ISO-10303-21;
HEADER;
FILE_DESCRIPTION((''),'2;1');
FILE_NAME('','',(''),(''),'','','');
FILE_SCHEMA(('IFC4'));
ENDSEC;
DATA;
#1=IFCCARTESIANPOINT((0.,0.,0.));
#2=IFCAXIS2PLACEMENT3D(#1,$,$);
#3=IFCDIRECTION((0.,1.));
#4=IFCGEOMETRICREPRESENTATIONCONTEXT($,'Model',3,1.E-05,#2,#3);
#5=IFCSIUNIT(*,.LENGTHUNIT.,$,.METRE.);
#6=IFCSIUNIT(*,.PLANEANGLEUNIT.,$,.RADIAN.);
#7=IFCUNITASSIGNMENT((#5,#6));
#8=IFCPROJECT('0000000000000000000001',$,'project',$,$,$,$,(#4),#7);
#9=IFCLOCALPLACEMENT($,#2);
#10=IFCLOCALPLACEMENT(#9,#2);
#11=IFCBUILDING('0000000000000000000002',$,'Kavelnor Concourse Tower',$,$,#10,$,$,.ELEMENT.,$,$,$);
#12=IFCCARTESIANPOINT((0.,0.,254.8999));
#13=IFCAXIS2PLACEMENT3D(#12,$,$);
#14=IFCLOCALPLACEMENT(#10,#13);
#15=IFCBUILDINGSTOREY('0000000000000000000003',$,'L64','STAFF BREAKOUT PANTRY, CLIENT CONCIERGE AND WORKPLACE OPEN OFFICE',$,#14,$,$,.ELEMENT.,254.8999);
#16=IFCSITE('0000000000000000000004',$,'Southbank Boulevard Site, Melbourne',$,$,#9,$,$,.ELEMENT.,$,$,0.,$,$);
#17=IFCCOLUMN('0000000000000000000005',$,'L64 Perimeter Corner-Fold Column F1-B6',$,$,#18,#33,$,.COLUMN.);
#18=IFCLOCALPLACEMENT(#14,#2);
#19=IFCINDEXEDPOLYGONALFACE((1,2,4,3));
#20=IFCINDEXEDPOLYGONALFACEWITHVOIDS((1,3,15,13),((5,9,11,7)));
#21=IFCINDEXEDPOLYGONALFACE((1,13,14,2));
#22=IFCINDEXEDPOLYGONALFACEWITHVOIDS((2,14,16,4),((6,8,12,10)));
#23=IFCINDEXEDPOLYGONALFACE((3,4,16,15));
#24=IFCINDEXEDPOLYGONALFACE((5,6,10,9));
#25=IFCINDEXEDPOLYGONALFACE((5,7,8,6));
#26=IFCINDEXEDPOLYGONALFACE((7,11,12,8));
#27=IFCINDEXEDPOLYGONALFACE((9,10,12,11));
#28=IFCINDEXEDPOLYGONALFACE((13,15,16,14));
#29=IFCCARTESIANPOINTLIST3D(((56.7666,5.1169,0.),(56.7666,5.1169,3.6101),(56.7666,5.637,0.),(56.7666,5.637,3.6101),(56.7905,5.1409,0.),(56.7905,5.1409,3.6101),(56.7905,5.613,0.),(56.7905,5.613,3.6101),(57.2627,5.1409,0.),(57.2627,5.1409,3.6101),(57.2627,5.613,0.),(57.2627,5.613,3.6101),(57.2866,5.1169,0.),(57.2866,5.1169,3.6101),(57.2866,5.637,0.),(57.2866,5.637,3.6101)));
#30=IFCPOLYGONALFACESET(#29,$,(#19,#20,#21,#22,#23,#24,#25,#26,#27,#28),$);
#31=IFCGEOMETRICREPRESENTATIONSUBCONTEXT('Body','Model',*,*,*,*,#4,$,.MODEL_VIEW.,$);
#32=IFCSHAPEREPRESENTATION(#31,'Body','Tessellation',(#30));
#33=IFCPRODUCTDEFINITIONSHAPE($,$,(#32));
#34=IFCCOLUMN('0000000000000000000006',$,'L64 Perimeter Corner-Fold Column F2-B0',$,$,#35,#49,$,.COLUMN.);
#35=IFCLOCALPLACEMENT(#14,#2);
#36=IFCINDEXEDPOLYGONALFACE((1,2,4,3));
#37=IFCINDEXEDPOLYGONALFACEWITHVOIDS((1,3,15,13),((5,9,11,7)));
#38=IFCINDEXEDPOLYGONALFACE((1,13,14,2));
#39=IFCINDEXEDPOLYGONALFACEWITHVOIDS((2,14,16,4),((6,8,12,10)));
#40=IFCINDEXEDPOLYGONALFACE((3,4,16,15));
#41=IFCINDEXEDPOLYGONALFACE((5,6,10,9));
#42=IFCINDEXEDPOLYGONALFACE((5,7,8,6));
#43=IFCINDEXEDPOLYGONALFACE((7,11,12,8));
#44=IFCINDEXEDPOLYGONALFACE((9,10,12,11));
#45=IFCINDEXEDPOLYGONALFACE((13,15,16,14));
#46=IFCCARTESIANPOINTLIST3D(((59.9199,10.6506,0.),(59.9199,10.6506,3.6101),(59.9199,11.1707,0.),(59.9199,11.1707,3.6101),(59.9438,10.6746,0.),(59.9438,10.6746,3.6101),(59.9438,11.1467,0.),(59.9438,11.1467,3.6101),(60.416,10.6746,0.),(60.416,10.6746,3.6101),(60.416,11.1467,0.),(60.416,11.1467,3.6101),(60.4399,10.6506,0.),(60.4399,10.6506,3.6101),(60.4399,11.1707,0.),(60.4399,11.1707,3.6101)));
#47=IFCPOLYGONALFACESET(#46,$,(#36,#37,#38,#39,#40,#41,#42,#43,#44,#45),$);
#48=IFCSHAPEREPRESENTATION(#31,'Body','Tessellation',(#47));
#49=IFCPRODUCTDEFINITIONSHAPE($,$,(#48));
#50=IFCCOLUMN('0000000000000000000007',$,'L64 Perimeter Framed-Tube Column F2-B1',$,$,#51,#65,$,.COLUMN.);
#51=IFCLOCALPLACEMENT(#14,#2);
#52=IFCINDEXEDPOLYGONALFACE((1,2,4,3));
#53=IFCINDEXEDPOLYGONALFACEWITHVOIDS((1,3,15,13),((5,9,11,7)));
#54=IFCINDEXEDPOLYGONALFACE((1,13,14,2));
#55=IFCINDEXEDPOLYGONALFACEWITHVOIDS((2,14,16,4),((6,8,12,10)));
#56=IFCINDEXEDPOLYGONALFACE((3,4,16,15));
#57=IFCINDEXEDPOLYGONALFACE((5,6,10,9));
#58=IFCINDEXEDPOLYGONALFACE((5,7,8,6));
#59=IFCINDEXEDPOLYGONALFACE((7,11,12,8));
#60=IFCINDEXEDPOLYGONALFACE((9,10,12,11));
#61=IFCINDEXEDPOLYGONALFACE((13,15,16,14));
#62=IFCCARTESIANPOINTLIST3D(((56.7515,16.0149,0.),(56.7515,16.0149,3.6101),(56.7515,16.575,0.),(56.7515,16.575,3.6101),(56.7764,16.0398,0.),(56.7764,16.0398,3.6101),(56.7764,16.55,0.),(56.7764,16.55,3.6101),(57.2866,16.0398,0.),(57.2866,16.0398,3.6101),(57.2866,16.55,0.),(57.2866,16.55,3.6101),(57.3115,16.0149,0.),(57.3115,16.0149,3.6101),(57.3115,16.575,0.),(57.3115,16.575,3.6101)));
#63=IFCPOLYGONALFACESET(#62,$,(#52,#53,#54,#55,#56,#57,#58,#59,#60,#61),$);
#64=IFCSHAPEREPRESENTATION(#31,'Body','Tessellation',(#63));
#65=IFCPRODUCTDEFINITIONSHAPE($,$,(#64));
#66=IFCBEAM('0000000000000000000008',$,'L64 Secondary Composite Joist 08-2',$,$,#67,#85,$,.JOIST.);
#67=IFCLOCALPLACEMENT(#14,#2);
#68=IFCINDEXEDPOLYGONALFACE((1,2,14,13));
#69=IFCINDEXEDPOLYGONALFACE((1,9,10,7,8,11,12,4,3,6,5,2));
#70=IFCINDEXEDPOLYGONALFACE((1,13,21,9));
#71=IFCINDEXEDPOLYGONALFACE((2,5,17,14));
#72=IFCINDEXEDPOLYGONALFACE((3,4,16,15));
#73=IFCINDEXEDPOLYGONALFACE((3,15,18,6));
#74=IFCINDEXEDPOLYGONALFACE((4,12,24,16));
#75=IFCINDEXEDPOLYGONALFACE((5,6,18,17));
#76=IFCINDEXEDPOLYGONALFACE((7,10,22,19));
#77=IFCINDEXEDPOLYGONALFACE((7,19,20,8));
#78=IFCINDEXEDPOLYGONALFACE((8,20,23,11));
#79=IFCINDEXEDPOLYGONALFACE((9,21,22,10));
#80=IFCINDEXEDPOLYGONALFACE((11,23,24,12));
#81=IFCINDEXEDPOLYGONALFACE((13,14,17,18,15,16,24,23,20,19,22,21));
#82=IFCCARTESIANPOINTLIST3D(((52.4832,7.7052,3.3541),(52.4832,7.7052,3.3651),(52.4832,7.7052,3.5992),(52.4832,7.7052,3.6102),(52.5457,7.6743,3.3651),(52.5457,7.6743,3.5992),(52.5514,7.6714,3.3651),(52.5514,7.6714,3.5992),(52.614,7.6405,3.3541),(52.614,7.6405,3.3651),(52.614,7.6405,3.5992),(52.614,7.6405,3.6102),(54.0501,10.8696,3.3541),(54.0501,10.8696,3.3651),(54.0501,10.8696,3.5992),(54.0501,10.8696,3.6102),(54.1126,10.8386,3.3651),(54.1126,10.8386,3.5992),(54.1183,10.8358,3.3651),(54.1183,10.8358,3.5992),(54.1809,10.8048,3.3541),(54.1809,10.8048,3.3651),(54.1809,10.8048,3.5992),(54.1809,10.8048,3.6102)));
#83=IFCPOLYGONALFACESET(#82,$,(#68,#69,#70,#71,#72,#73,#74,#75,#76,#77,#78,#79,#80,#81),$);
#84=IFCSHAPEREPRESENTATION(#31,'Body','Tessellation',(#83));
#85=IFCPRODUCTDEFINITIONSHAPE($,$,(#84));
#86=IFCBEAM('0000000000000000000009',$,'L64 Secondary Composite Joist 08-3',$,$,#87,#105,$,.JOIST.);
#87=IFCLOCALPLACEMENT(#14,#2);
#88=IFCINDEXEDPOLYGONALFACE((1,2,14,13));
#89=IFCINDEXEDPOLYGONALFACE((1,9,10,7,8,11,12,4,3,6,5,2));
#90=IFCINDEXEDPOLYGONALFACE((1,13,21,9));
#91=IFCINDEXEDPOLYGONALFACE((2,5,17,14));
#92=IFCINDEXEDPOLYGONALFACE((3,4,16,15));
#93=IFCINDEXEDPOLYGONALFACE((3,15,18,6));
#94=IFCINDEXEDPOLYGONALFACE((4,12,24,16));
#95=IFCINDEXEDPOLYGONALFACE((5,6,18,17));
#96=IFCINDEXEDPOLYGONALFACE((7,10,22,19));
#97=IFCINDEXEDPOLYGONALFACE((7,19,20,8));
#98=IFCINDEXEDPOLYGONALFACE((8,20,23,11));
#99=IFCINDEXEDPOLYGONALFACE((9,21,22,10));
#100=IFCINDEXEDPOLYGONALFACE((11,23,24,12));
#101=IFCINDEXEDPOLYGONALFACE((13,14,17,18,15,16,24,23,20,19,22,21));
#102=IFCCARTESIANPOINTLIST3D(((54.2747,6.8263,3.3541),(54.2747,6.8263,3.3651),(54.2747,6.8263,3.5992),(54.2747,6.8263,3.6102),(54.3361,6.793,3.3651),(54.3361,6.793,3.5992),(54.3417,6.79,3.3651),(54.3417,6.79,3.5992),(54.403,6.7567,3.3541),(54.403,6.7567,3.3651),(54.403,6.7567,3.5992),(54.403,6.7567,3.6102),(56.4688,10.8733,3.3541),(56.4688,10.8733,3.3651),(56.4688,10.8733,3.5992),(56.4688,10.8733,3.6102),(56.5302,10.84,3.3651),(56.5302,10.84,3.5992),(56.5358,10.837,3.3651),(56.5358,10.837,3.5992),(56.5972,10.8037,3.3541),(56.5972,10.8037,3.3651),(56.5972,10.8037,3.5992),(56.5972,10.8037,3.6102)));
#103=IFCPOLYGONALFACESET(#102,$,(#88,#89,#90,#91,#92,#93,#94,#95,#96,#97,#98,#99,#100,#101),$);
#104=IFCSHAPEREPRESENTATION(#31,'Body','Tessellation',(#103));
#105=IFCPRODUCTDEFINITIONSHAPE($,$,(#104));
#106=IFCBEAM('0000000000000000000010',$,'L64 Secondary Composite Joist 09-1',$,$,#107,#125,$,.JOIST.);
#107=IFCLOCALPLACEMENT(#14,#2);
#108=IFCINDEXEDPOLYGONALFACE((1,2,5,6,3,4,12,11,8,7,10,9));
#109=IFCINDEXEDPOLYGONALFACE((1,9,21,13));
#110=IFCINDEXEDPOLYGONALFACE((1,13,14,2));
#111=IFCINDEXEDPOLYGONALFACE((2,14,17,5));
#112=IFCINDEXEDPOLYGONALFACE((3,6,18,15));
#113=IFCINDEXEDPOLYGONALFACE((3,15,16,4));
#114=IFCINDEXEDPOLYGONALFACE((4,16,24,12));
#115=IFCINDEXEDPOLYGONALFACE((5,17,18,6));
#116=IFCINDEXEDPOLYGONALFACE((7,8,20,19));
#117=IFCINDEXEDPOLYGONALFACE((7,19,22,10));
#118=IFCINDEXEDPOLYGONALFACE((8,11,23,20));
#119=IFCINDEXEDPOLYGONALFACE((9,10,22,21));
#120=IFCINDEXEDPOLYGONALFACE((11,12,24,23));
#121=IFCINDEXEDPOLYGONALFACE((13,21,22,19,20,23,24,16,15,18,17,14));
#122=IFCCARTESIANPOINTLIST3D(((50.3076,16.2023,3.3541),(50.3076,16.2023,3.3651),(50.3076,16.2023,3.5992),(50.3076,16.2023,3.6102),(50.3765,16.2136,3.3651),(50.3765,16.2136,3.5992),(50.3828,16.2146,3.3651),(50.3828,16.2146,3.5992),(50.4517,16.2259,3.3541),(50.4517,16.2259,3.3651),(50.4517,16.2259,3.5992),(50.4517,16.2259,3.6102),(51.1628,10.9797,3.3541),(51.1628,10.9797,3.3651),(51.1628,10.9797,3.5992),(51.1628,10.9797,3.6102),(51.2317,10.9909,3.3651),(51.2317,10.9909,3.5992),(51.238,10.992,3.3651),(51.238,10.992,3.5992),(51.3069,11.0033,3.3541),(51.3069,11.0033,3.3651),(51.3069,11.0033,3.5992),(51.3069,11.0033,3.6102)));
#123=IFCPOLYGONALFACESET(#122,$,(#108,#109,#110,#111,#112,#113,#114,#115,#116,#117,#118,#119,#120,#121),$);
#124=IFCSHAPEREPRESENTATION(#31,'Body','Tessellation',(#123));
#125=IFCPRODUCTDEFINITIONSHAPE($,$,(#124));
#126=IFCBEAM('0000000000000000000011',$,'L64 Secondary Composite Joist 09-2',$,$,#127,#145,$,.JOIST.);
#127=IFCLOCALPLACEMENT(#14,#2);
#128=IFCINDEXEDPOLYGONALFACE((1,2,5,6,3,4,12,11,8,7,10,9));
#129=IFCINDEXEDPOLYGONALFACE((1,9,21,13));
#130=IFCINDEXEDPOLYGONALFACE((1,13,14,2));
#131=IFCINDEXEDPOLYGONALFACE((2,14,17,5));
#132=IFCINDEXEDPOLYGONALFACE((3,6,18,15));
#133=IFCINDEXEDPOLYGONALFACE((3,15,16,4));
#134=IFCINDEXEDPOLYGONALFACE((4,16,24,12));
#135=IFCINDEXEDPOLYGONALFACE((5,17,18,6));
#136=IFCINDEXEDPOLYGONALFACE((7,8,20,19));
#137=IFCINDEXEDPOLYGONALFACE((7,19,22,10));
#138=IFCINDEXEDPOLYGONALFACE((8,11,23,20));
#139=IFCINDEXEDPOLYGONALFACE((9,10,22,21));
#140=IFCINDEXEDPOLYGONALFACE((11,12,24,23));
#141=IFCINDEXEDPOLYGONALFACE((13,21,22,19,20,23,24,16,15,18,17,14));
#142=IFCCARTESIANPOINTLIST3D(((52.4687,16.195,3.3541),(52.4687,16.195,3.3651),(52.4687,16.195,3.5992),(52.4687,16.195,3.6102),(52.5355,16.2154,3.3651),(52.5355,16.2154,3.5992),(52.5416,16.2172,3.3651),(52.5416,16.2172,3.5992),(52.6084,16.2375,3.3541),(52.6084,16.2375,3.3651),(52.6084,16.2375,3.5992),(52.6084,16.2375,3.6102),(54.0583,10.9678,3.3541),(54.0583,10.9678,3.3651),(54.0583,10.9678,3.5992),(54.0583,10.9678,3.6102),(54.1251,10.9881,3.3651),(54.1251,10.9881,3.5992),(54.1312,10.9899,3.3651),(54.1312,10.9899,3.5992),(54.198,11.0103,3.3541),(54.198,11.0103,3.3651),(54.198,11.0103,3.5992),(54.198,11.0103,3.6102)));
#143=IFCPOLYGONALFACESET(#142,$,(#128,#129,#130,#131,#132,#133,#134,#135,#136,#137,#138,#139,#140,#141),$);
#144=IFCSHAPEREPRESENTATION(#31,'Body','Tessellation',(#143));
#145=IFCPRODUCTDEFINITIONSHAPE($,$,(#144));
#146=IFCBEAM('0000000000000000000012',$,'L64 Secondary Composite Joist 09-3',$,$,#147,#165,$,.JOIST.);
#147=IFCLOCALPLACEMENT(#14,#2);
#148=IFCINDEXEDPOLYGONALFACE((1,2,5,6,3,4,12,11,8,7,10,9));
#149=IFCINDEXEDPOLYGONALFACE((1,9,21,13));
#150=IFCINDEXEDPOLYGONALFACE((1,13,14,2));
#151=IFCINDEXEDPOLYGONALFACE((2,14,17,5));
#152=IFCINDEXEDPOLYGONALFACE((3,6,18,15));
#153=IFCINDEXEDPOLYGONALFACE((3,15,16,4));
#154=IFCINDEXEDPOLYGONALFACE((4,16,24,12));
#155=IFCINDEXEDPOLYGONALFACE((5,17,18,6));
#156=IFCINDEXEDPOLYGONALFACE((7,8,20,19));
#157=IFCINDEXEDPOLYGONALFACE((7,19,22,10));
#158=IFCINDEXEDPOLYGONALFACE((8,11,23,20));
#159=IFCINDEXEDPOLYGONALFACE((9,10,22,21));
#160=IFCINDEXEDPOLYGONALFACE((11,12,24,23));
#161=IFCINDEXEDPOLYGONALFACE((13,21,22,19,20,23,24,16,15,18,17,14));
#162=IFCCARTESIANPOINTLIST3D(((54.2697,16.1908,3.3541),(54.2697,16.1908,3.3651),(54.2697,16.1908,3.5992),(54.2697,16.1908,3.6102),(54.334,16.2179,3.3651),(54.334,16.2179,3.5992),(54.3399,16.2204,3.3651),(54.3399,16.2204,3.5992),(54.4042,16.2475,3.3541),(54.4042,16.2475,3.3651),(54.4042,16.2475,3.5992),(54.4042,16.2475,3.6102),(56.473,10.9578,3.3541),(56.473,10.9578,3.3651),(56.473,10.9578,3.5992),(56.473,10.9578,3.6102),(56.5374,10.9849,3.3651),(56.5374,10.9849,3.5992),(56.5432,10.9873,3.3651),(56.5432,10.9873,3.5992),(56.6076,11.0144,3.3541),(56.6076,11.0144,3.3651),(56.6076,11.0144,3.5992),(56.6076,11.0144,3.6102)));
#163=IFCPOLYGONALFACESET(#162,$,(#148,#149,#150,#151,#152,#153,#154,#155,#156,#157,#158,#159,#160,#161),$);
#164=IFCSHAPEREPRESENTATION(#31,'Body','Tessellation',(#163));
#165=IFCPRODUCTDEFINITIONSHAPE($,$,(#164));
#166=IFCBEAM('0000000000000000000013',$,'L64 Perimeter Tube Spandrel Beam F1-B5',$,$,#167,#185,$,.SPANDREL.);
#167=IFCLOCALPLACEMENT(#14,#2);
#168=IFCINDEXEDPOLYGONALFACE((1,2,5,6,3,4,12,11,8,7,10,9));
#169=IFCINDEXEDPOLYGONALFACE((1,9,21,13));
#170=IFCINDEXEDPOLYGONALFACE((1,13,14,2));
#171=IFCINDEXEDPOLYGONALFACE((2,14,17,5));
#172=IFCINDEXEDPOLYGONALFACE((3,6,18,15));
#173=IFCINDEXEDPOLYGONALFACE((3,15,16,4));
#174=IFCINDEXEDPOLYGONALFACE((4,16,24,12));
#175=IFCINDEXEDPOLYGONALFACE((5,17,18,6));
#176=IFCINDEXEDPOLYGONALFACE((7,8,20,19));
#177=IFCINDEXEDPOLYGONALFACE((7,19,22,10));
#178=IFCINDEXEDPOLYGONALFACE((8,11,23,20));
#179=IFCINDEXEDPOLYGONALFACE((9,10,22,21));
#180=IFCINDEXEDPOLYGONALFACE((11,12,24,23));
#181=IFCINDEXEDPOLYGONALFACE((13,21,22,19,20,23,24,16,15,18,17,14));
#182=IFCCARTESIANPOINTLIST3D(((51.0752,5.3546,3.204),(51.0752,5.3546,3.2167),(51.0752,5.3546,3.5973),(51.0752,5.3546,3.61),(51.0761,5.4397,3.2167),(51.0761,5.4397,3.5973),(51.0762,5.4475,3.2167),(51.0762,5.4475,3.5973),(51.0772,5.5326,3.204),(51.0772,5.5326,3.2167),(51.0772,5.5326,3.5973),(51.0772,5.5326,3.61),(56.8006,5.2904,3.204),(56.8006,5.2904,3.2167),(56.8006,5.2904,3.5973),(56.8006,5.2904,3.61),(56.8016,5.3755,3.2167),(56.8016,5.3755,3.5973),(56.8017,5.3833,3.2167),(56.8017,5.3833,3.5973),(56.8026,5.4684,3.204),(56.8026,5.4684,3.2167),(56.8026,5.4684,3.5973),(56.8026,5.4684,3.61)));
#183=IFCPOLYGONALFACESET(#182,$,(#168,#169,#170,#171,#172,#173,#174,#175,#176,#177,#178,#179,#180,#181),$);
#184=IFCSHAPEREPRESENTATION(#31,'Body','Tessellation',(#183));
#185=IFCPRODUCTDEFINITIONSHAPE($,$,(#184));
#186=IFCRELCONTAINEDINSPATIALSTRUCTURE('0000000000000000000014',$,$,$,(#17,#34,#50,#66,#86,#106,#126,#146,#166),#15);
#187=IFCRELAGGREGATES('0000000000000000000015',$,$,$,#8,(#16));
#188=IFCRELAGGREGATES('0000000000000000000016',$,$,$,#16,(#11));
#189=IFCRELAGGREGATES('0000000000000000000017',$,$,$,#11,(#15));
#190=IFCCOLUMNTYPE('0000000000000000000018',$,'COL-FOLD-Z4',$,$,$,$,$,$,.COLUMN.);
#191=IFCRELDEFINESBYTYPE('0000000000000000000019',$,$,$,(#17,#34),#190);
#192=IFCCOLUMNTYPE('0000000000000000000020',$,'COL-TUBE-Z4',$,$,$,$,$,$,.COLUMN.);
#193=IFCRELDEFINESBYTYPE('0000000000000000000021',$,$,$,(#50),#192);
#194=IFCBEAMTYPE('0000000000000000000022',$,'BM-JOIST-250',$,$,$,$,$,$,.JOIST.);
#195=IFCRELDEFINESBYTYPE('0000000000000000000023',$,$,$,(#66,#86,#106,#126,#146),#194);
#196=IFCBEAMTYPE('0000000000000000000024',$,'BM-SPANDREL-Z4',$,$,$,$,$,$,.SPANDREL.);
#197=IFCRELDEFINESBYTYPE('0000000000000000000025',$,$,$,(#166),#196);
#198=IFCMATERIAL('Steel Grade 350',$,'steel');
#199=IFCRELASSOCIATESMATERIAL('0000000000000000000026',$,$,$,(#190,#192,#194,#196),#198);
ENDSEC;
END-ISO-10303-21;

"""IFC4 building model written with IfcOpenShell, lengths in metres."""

from ifc_helpers import new_model, si_unit, direction, frame, origin, origin_2d, place, context, subcontext, project, spatial, hollow_rectangle, i_section, extrude, material, material_profile, profile_set, type_object, element, save


model = new_model("IFC4")

# Units and contexts
model_context = context("Model", 3, precision=1e-05, world=origin(), true_north=direction((0.0, 1.0)))
body_context = subcontext(model_context, "Body", "Model", "MODEL_VIEW")
ifc_project = project(units=[si_unit("LENGTHUNIT", "METRE"), si_unit("PLANEANGLEUNIT", "RADIAN")], contexts=[model_context])

# Site, building, storey
site_placement = place(None, origin())
site = spatial("IfcSite", under=ifc_project, at=site_placement, Name="Southbank Boulevard Site, Melbourne", CompositionType="ELEMENT", RefElevation=0.0)
building_placement = place(site_placement, origin())
building = spatial("IfcBuilding", under=site, at=building_placement, Name="Kavelnor Concourse Tower", CompositionType="ELEMENT")
storey_placement = place(building_placement, frame((0.0, 0.0, 254.8999)))
storey = spatial("IfcBuildingStorey", under=building, at=storey_placement, Name="L64", Description="STAFF BREAKOUT PANTRY, CLIENT CONCIERGE AND WORKPLACE OPEN OFFICE", CompositionType="ELEMENT", Elevation=254.8999)

# Columns
ifc_material_1 = material(Name="Steel Grade 350", Category="steel")
ifc_material_profile_1 = material_profile(ifc_material_1, hollow_rectangle(XDim=0.52, YDim=0.52, WallThickness=0.0239, at=origin_2d()), Name="SHS 520x520x24")
ifc_profile_set_1 = profile_set([ifc_material_profile_1], Name="Steel Grade 350")
column_type_1 = type_object("IfcColumnType", Name="COL-FOLD-Z4", PredefinedType="COLUMN", material=ifc_profile_set_1)
for number, where, z_axis, x_axis, name in (
    (1, (57.0266, 5.377, 0.0), (0.0, 0.0, 1.0), (1.0, 0.0, 0.0), "L64 Perimeter Corner-Fold Column F1-B6"),
    (2, (60.1799, 10.9106, 0.0), (0.0, 0.0, 1.0), (1.0, 0.0, 0.0), "L64 Perimeter Corner-Fold Column F2-B0"),
):
    element("IfcColumn", number, at=place(storey_placement, frame(where, z_axis=z_axis, x_axis=x_axis)), inside=storey, type_object=column_type_1, Name=name, PredefinedType="COLUMN", context=body_context, shape_type="SweptSolid", body=[
        extrude(hollow_rectangle(XDim=0.52, YDim=0.52, WallThickness=0.0239, at=origin_2d()), origin(), (0.0, 0.0, 1.0), 3.6101),
    ])
ifc_material_profile_2 = material_profile(ifc_material_1, hollow_rectangle(XDim=0.5601, YDim=0.5601, WallThickness=0.0249, at=origin_2d()), Name="SHS 560x560x25")
ifc_profile_set_2 = profile_set([ifc_material_profile_2], Name="Steel Grade 350")
column_type_2 = type_object("IfcColumnType", Name="COL-TUBE-Z4", PredefinedType="COLUMN", material=ifc_profile_set_2)
column_placement = place(storey_placement, frame((57.0315, 16.2949, 0.0), z_axis=(0.0, 0.0, 1.0), x_axis=(1.0, 0.0, 0.0)))
element("IfcColumn", 3, at=column_placement, inside=storey, type_object=column_type_2, Name="L64 Perimeter Framed-Tube Column F2-B1", PredefinedType="COLUMN", context=body_context, shape_type="SweptSolid", body=[
    extrude(hollow_rectangle(XDim=0.5601, YDim=0.5601, WallThickness=0.0249, at=origin_2d()), origin(), (0.0, 0.0, 1.0), 3.6101),
])

# Beams
ifc_material_profile_3 = material_profile(ifc_material_1, i_section(OverallWidth=0.146, OverallDepth=0.2561, WebThickness=0.0063, FlangeThickness=0.011, at=origin_2d()), Name="250UB37")
ifc_profile_set_3 = profile_set([ifc_material_profile_3], Name="Steel Grade 350")
beam_type_1 = type_object("IfcBeamType", Name="BM-JOIST-250", PredefinedType="JOIST", material=ifc_profile_set_3)
beam_1_placement = place(storey_placement, frame((52.5486, 7.6729, 3.4822), z_axis=(0.443753, 0.896149, 0.0), x_axis=(-0.896149, 0.443753, 0.0)))
element("IfcBeam", 4, at=beam_1_placement, inside=storey, type_object=beam_type_1, Name="L64 Secondary Composite Joist 08-2", PredefinedType="JOIST", context=body_context, shape_type="SweptSolid", body=[
    extrude(i_section(OverallWidth=0.146, OverallDepth=0.2561, WebThickness=0.0063, FlangeThickness=0.011, at=origin_2d()), origin(), (0.0, 0.0, 1.0), 3.531),
])
beam_2_placement = place(storey_placement, frame((54.3389, 6.7915, 3.4822), z_axis=(0.476625, 0.879107, 0.0), x_axis=(-0.879107, 0.476625, 0.0)))
element("IfcBeam", 5, at=beam_2_placement, inside=storey, type_object=beam_type_1, Name="L64 Secondary Composite Joist 08-3", PredefinedType="JOIST", context=body_context, shape_type="SweptSolid", body=[
    extrude(i_section(OverallWidth=0.146, OverallDepth=0.2561, WebThickness=0.0063, FlangeThickness=0.011, at=origin_2d()), origin(), (0.0, 0.0, 1.0), 4.6035),
])
beam_3_placement = place(storey_placement, frame((51.2349, 10.9915, 3.4822), z_axis=(-0.1616, 0.986856, 0.0), x_axis=(-0.986856, -0.1616, 0.0)))
element("IfcBeam", 6, at=beam_3_placement, inside=storey, type_object=beam_type_1, Name="L64 Secondary Composite Joist 09-1", PredefinedType="JOIST", context=body_context, shape_type="SweptSolid", body=[
    extrude(i_section(OverallWidth=0.146, OverallDepth=0.2561, WebThickness=0.0063, FlangeThickness=0.011, at=origin_2d()), origin(), (0.0, 0.0, 1.0), 5.2922),
])
beam_4_placement = place(storey_placement, frame((54.1282, 10.989, 3.4822), z_axis=(-0.290941, 0.956741, 0.0), x_axis=(-0.956741, -0.290941, 0.0)))
element("IfcBeam", 7, at=beam_4_placement, inside=storey, type_object=beam_type_1, Name="L64 Secondary Composite Joist 09-2", PredefinedType="JOIST", context=body_context, shape_type="SweptSolid", body=[
    extrude(i_section(OverallWidth=0.146, OverallDepth=0.2561, WebThickness=0.0063, FlangeThickness=0.011, at=origin_2d()), origin(), (0.0, 0.0, 1.0), 5.4636),
])
beam_5_placement = place(storey_placement, frame((56.5403, 10.9861, 3.4822), z_axis=(-0.388047, 0.921639, 0.0), x_axis=(-0.921639, -0.388047, 0.0)))
element("IfcBeam", 8, at=beam_5_placement, inside=storey, type_object=beam_type_1, Name="L64 Secondary Composite Joist 09-3", PredefinedType="JOIST", context=body_context, shape_type="SweptSolid", body=[
    extrude(i_section(OverallWidth=0.146, OverallDepth=0.2561, WebThickness=0.0063, FlangeThickness=0.011, at=origin_2d()), origin(), (0.0, 0.0, 1.0), 5.678),
])
ifc_material_profile_4 = material_profile(ifc_material_1, i_section(OverallWidth=0.178, OverallDepth=0.406, WebThickness=0.0078, FlangeThickness=0.0127, at=origin_2d()), Name="410UB59")
ifc_profile_set_4 = profile_set([ifc_material_profile_4], Name="Steel Grade 350")
beam_type_2 = type_object("IfcBeamType", Name="BM-SPANDREL-Z4", PredefinedType="SPANDREL", material=ifc_profile_set_4)
beam_6_placement = place(storey_placement, frame((51.0762, 5.4436, 3.407), z_axis=(0.999937, -0.011214, 0.0), x_axis=(0.011214, 0.999937, 0.0)))
element("IfcBeam", 9, at=beam_6_placement, inside=storey, type_object=beam_type_2, Name="L64 Perimeter Tube Spandrel Beam F1-B5", PredefinedType="SPANDREL", context=body_context, shape_type="SweptSolid", body=[
    extrude(i_section(OverallWidth=0.178, OverallDepth=0.406, WebThickness=0.0078, FlangeThickness=0.0127, at=origin_2d()), origin(), (0.0, 0.0, 1.0), 5.7258),
])

save(model, "model.ifc")
